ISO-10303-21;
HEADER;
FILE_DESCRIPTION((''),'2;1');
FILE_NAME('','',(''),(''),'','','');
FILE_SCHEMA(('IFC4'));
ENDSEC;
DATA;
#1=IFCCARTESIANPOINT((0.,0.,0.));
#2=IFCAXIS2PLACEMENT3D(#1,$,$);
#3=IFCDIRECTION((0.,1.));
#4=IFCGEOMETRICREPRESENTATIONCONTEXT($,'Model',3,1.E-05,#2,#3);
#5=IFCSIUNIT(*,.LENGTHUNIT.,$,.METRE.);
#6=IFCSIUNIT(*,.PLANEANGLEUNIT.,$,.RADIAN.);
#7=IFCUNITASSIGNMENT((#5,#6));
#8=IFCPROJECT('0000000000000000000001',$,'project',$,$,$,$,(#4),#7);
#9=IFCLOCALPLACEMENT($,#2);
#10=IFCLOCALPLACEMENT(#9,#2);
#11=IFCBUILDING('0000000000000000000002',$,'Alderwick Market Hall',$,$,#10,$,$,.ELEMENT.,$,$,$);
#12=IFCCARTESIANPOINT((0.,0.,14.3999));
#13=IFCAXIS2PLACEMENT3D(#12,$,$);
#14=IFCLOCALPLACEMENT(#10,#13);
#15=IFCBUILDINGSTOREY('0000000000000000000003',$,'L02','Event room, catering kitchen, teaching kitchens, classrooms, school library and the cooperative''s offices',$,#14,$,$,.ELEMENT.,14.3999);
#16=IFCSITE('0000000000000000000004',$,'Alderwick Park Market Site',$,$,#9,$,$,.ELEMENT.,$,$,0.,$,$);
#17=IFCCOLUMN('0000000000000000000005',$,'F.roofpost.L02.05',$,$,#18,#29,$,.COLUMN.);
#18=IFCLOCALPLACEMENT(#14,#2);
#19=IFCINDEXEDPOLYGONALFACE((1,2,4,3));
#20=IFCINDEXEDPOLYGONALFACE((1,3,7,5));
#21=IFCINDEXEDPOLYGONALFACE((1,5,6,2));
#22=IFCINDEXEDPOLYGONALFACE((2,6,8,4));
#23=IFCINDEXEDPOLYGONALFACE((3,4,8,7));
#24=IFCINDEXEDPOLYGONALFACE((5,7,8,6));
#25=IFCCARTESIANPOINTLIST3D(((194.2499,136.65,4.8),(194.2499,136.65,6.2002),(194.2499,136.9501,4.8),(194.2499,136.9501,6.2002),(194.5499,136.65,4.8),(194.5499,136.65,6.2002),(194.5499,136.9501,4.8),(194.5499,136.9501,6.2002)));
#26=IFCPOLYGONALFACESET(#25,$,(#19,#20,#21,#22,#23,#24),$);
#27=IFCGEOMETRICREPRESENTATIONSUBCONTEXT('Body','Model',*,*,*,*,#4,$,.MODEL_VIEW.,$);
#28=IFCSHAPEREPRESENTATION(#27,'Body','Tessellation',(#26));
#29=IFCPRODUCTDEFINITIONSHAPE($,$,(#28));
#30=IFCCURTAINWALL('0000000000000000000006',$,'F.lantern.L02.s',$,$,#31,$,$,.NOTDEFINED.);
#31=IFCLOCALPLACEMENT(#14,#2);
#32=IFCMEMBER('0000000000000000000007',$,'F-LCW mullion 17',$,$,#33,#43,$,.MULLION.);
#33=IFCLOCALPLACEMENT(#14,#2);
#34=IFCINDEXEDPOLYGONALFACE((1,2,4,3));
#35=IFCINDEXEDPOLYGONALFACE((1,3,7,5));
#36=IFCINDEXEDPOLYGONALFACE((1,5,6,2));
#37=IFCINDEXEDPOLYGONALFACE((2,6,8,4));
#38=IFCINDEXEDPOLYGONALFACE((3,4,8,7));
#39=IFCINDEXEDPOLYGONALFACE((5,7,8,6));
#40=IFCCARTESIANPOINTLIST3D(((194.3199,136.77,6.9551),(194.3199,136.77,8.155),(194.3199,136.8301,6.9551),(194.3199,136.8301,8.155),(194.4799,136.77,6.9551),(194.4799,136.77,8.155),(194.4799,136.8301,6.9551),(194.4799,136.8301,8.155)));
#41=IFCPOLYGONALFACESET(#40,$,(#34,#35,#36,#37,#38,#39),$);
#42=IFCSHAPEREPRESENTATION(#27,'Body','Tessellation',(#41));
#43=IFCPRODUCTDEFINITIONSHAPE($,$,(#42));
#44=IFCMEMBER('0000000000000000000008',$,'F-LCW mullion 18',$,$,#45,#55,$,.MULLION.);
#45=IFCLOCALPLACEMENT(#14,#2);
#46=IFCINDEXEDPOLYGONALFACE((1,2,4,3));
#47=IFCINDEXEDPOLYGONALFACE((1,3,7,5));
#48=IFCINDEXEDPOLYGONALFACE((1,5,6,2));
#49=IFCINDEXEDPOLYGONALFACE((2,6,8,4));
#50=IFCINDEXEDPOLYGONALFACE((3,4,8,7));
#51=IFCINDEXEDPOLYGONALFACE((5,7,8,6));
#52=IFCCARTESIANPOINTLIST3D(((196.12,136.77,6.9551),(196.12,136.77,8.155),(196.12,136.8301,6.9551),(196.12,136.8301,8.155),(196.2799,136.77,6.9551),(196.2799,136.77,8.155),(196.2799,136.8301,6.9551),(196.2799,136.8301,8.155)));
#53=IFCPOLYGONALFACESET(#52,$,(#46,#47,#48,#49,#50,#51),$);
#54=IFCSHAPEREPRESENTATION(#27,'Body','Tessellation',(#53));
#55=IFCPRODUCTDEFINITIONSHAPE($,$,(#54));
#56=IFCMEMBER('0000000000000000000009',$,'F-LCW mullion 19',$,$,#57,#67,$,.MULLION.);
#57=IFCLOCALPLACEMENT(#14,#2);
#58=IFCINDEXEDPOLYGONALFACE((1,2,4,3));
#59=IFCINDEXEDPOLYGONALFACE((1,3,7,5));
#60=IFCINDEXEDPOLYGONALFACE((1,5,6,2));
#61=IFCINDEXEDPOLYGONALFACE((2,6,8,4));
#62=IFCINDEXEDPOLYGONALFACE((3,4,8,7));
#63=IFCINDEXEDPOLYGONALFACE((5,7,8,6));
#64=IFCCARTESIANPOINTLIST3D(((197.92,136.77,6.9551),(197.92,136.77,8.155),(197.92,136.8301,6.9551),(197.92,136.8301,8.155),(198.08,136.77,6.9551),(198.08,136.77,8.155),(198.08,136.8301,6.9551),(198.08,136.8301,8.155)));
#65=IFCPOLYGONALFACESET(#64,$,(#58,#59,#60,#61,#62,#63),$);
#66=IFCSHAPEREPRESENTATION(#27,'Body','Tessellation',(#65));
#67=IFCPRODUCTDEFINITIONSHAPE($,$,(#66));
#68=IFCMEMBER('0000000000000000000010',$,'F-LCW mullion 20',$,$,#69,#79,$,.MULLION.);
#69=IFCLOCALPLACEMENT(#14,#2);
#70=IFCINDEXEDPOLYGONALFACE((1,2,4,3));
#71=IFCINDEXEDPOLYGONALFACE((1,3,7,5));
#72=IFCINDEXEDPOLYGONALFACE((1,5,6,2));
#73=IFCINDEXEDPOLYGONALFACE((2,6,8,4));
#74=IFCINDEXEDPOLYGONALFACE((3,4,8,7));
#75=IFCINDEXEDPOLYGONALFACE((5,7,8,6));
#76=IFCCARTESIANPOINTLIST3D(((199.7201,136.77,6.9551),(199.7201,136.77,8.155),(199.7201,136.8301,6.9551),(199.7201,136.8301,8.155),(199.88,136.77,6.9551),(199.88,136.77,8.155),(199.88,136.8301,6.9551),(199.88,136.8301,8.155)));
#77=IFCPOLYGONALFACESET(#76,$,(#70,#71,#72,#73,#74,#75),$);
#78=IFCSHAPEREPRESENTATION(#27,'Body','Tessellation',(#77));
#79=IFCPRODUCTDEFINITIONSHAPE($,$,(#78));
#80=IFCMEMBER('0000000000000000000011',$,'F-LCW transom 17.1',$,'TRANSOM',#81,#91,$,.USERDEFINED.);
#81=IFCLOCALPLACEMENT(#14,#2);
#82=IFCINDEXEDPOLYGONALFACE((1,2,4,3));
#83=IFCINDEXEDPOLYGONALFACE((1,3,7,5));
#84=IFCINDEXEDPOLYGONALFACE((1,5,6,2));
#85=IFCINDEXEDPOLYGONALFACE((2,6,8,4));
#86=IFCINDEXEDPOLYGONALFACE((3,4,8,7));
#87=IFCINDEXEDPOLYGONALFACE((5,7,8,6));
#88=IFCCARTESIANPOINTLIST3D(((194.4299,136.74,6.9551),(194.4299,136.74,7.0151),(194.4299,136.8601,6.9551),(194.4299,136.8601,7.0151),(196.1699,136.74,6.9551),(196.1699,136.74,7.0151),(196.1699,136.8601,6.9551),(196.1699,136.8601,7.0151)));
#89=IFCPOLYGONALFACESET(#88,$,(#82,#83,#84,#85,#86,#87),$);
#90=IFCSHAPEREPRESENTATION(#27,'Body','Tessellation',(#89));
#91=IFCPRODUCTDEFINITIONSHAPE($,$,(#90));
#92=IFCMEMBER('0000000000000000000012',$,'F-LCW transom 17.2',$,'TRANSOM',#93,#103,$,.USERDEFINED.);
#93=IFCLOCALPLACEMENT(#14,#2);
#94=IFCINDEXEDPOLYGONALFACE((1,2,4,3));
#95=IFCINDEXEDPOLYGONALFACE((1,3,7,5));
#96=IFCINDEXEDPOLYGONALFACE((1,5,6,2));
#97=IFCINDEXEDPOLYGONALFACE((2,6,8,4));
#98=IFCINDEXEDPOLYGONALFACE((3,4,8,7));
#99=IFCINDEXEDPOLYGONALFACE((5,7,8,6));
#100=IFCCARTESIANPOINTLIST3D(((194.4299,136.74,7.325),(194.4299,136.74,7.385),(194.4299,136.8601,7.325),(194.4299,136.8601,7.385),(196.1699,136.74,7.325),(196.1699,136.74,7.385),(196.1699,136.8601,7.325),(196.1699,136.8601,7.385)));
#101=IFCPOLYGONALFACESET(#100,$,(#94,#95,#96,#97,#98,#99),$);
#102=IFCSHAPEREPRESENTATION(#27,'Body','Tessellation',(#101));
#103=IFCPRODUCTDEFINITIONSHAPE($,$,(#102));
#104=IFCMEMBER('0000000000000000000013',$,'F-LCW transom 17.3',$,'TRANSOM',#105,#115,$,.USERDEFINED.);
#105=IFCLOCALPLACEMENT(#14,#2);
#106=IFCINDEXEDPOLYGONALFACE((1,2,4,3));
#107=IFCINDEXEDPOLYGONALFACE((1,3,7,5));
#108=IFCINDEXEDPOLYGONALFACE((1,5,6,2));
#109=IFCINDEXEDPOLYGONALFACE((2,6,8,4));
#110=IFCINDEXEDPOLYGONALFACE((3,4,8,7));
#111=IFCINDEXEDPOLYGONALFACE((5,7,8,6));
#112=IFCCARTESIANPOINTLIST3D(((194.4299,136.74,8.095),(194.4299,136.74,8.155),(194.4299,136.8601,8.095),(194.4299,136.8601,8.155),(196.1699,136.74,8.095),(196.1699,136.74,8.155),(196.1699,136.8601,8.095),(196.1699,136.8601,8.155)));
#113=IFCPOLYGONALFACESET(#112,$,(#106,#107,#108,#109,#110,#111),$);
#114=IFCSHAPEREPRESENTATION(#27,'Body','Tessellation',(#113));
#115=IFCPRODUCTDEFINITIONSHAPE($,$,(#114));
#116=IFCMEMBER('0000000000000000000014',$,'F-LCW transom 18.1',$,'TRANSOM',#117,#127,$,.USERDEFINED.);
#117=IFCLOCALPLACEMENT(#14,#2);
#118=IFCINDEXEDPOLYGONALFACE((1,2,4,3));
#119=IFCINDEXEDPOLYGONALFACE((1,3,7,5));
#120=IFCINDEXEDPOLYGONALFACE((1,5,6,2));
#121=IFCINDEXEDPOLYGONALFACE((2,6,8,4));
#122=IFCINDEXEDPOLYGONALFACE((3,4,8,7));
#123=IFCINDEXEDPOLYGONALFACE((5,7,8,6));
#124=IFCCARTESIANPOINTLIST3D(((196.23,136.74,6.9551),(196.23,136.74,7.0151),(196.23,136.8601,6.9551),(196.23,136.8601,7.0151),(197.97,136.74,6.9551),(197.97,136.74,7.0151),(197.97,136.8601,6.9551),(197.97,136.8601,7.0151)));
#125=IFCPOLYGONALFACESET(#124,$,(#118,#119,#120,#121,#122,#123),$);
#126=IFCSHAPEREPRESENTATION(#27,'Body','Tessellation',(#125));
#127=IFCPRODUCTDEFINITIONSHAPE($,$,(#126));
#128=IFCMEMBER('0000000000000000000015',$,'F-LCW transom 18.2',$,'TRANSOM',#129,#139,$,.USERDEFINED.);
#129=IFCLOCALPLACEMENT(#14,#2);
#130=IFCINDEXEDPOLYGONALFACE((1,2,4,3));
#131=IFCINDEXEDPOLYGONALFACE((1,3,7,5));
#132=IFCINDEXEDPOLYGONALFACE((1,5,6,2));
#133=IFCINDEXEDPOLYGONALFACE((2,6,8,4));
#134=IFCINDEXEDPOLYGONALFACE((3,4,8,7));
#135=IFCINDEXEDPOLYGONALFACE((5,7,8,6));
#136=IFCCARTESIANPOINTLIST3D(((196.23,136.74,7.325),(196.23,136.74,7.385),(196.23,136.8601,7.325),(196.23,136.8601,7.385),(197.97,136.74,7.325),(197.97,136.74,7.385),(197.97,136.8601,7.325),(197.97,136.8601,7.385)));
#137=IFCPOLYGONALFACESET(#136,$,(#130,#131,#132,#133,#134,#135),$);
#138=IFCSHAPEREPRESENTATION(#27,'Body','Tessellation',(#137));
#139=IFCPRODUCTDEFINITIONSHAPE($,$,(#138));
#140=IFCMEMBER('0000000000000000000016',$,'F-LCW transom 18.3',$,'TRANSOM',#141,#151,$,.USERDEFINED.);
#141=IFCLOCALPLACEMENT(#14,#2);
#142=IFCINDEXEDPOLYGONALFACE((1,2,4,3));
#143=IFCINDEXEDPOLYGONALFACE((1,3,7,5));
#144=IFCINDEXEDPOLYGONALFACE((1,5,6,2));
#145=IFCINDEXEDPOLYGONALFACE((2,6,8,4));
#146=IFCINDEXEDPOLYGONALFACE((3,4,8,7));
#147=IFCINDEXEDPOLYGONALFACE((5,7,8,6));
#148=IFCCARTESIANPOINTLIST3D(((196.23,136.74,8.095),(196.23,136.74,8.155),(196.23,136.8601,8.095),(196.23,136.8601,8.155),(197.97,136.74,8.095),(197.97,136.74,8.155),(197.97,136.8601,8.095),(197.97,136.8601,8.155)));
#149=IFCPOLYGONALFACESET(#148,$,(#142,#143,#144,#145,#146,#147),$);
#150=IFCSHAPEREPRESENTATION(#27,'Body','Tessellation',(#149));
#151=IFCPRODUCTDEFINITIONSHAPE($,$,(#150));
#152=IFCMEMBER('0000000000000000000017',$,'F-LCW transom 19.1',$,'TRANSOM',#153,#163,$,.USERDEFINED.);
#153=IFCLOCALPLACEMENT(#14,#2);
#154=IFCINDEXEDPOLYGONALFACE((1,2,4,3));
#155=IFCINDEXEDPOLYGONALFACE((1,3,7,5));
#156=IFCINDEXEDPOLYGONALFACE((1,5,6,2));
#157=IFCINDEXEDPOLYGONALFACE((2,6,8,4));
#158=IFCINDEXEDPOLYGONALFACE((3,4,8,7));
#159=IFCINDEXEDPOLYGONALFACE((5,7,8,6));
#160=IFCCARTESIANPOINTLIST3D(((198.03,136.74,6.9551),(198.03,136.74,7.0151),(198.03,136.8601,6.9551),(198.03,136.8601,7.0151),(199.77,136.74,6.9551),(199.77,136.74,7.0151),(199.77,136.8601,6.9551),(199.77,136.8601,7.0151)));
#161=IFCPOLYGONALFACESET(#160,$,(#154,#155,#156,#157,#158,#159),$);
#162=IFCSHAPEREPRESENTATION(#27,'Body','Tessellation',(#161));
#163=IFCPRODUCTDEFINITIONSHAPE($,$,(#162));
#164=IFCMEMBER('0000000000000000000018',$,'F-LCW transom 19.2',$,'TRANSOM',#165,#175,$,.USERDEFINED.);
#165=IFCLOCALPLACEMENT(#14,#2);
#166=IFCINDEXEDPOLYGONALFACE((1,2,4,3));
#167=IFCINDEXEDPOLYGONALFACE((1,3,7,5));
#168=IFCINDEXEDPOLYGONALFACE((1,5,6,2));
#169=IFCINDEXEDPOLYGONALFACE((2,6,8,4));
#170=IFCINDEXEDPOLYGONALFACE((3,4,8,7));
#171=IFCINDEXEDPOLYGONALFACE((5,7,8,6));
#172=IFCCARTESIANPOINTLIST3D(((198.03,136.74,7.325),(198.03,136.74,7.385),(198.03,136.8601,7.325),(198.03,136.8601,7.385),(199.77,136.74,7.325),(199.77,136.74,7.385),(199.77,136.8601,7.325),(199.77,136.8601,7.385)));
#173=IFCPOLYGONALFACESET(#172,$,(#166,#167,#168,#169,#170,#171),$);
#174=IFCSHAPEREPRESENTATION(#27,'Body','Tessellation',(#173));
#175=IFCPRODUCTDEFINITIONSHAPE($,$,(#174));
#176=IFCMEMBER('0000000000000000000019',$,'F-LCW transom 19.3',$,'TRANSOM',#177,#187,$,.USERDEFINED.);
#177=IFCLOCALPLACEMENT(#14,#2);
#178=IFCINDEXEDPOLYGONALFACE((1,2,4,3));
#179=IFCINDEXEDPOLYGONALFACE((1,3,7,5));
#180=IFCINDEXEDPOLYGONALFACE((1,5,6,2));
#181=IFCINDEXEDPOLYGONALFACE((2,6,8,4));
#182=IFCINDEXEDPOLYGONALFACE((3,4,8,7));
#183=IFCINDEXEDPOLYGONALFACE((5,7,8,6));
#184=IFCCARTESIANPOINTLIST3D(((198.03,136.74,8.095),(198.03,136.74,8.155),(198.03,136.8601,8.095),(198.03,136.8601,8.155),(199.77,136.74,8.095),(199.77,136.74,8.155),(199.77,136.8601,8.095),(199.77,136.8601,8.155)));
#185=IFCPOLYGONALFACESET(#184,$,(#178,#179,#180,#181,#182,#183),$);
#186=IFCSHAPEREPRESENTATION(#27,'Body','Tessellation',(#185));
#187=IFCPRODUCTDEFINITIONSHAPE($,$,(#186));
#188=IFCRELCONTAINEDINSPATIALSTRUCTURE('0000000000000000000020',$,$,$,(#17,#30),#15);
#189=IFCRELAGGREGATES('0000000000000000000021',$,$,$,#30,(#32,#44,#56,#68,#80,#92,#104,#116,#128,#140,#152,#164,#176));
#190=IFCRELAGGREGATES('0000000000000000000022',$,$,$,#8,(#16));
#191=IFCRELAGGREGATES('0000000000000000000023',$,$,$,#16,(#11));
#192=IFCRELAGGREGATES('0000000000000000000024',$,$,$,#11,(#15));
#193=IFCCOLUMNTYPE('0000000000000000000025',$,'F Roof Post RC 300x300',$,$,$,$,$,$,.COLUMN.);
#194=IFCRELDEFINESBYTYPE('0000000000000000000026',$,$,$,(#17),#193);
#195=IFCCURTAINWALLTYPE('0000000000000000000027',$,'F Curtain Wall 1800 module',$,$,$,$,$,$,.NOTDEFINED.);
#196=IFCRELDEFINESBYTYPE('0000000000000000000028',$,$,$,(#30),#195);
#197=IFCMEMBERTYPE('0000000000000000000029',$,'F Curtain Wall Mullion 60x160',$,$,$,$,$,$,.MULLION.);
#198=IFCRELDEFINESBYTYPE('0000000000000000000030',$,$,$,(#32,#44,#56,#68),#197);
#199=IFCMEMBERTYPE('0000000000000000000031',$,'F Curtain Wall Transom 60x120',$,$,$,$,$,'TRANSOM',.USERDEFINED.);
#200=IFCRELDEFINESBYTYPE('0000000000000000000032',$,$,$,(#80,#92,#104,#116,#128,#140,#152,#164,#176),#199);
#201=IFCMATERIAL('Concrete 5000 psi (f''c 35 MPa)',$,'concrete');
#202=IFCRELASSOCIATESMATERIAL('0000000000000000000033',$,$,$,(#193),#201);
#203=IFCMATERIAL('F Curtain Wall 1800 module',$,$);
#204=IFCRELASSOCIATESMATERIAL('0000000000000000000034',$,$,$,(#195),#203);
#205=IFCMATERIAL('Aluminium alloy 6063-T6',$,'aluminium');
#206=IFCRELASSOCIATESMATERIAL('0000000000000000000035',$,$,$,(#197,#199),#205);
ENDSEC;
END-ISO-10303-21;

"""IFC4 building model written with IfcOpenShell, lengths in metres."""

from ifc_helpers import new_model, si_unit, direction, frame, origin, origin_2d, place, context, subcontext, project, spatial, rectangle, extrude, material, material_profile, profile_set, type_object, element, aggregate, save


model = new_model("IFC4")

# Units and contexts
model_context = context("Model", 3, precision=1e-05, world=origin(), true_north=direction((0.0, 1.0)))
body_context = subcontext(model_context, "Body", "Model", "MODEL_VIEW")
ifc_project = project(units=[si_unit("LENGTHUNIT", "METRE"), si_unit("PLANEANGLEUNIT", "RADIAN")], contexts=[model_context])

# Site, building, storey
site_placement = place(None, origin())
site = spatial("IfcSite", under=ifc_project, at=site_placement, Name="Alderwick Park Market Site", CompositionType="ELEMENT", RefElevation=0.0)
building_placement = place(site_placement, origin())
building = spatial("IfcBuilding", under=site, at=building_placement, Name="Alderwick Market Hall", CompositionType="ELEMENT")
storey_placement = place(building_placement, frame((0.0, 0.0, 14.3999)))
storey = spatial("IfcBuildingStorey", under=building, at=storey_placement, Name="L02", Description="Event room, catering kitchen, teaching kitchens, classrooms, school library and the cooperative's offices", CompositionType="ELEMENT", Elevation=14.3999)

# Column
ifc_material_1 = material(Name="Concrete 5000 psi (f'c 35 MPa)", Category="concrete")
ifc_material_profile_1 = material_profile(ifc_material_1, rectangle(XDim=0.3, YDim=0.3, at=origin_2d()), Name="RC 300x300")
ifc_profile_set_1 = profile_set([ifc_material_profile_1], Name="Concrete 5000 psi (f'c 35 MPa)")
column_type = type_object("IfcColumnType", Name="F Roof Post RC 300x300", PredefinedType="COLUMN", material=ifc_profile_set_1)
column_placement = place(storey_placement, frame((194.3999, 136.8, 4.8), z_axis=(0.0, 0.0, 1.0), x_axis=(1.0, 0.0, 0.0)))
element("IfcColumn", 1, at=column_placement, inside=storey, type_object=column_type, Name="F.roofpost.L02.05", PredefinedType="COLUMN", context=body_context, shape_type="SweptSolid", body=[
    extrude(rectangle(XDim=0.3, YDim=0.3, at=origin_2d()), origin(), (0.0, 0.0, 1.0), 1.4001),
])

# Curtain wall, members
ifc_material_2 = material(Name="F Curtain Wall 1800 module")
curtain_wall_type = type_object("IfcCurtainWallType", Name="F Curtain Wall 1800 module", PredefinedType="NOTDEFINED", material=ifc_material_2)
curtain_wall_placement = place(storey_placement, origin())
curtain_wall = element("IfcCurtainWall", 2, at=curtain_wall_placement, inside=storey, type_object=curtain_wall_type, Name="F.lantern.L02.s", PredefinedType="NOTDEFINED")
ifc_material_3 = material(Name="Aluminium alloy 6063-T6", Category="aluminium")
ifc_material_profile_2 = material_profile(ifc_material_3, rectangle(XDim=0.0601, YDim=0.1599, at=origin_2d()), Name="AL 60x160")
ifc_profile_set_2 = profile_set([ifc_material_profile_2], Name="Aluminium alloy 6063-T6")
member_type_1 = type_object("IfcMemberType", Name="F Curtain Wall Mullion 60x160", PredefinedType="MULLION", material=ifc_profile_set_2)
member_1_placement = place(storey_placement, frame((194.3999, 136.8, 6.9551), z_axis=(0.0, 0.0, 1.0), x_axis=(0.0, 1.0, 0.0)))
member_1 = element("IfcMember", 3, at=member_1_placement, type_object=member_type_1, Name="F-LCW mullion 17", PredefinedType="MULLION", context=body_context, shape_type="SweptSolid", body=[
    extrude(rectangle(XDim=0.0601, YDim=0.1599, at=origin_2d()), origin(), (0.0, 0.0, 1.0), 1.2),
])
member_2_placement = place(storey_placement, frame((196.2, 136.8, 6.9551), z_axis=(0.0, 0.0, 1.0), x_axis=(0.0, 1.0, 0.0)))
member_2 = element("IfcMember", 4, at=member_2_placement, type_object=member_type_1, Name="F-LCW mullion 18", PredefinedType="MULLION", context=body_context, shape_type="SweptSolid", body=[
    extrude(rectangle(XDim=0.0601, YDim=0.1599, at=origin_2d()), origin(), (0.0, 0.0, 1.0), 1.2),
])
member_3_placement = place(storey_placement, frame((198.0, 136.8, 6.9551), z_axis=(0.0, 0.0, 1.0), x_axis=(0.0, 1.0, 0.0)))
member_3 = element("IfcMember", 5, at=member_3_placement, type_object=member_type_1, Name="F-LCW mullion 19", PredefinedType="MULLION", context=body_context, shape_type="SweptSolid", body=[
    extrude(rectangle(XDim=0.0601, YDim=0.1599, at=origin_2d()), origin(), (0.0, 0.0, 1.0), 1.2),
])
member_4_placement = place(storey_placement, frame((199.8, 136.8, 6.9551), z_axis=(0.0, 0.0, 1.0), x_axis=(0.0, 1.0, 0.0)))
member_4 = element("IfcMember", 6, at=member_4_placement, type_object=member_type_1, Name="F-LCW mullion 20", PredefinedType="MULLION", context=body_context, shape_type="SweptSolid", body=[
    extrude(rectangle(XDim=0.0601, YDim=0.1599, at=origin_2d()), origin(), (0.0, 0.0, 1.0), 1.2),
])
ifc_material_profile_3 = material_profile(ifc_material_3, rectangle(XDim=0.1201, YDim=0.0601, at=origin_2d()), Name="AL 60x120")
ifc_profile_set_3 = profile_set([ifc_material_profile_3], Name="Aluminium alloy 6063-T6")
member_type_2 = type_object("IfcMemberType", Name="F Curtain Wall Transom 60x120", ElementType="TRANSOM", PredefinedType="USERDEFINED", material=ifc_profile_set_3)
member_5_placement = place(storey_placement, frame((194.4299, 136.8, 6.9851), z_axis=(1.0, 0.0, 0.0), x_axis=(0.0, 1.0, 0.0)))
member_5 = element("IfcMember", 7, at=member_5_placement, type_object=member_type_2, Name="F-LCW transom 17.1", ObjectType="TRANSOM", PredefinedType="USERDEFINED", context=body_context, shape_type="SweptSolid", body=[
    extrude(rectangle(XDim=0.1201, YDim=0.0601, at=origin_2d()), origin(), (0.0, 0.0, 1.0), 1.74),
])
member_6_placement = place(storey_placement, frame((194.4299, 136.8, 7.355), z_axis=(1.0, 0.0, 0.0), x_axis=(0.0, 1.0, 0.0)))
member_6 = element("IfcMember", 8, at=member_6_placement, type_object=member_type_2, Name="F-LCW transom 17.2", ObjectType="TRANSOM", PredefinedType="USERDEFINED", context=body_context, shape_type="SweptSolid", body=[
    extrude(rectangle(XDim=0.1201, YDim=0.0601, at=origin_2d()), origin(), (0.0, 0.0, 1.0), 1.74),
])
member_7_placement = place(storey_placement, frame((194.4299, 136.8, 8.125), z_axis=(1.0, 0.0, 0.0), x_axis=(0.0, 1.0, 0.0)))
member_7 = element("IfcMember", 9, at=member_7_placement, type_object=member_type_2, Name="F-LCW transom 17.3", ObjectType="TRANSOM", PredefinedType="USERDEFINED", context=body_context, shape_type="SweptSolid", body=[
    extrude(rectangle(XDim=0.1201, YDim=0.0601, at=origin_2d()), origin(), (0.0, 0.0, 1.0), 1.74),
])
member_8_placement = place(storey_placement, frame((196.23, 136.8, 6.9851), z_axis=(1.0, 0.0, 0.0), x_axis=(0.0, 1.0, 0.0)))
member_8 = element("IfcMember", 10, at=member_8_placement, type_object=member_type_2, Name="F-LCW transom 18.1", ObjectType="TRANSOM", PredefinedType="USERDEFINED", context=body_context, shape_type="SweptSolid", body=[
    extrude(rectangle(XDim=0.1201, YDim=0.0601, at=origin_2d()), origin(), (0.0, 0.0, 1.0), 1.74),
])
member_9_placement = place(storey_placement, frame((196.23, 136.8, 7.355), z_axis=(1.0, 0.0, 0.0), x_axis=(0.0, 1.0, 0.0)))
member_9 = element("IfcMember", 11, at=member_9_placement, type_object=member_type_2, Name="F-LCW transom 18.2", ObjectType="TRANSOM", PredefinedType="USERDEFINED", context=body_context, shape_type="SweptSolid", body=[
    extrude(rectangle(XDim=0.1201, YDim=0.0601, at=origin_2d()), origin(), (0.0, 0.0, 1.0), 1.74),
])
member_10_placement = place(storey_placement, frame((196.23, 136.8, 8.125), z_axis=(1.0, 0.0, 0.0), x_axis=(0.0, 1.0, 0.0)))
member_10 = element("IfcMember", 12, at=member_10_placement, type_object=member_type_2, Name="F-LCW transom 18.3", ObjectType="TRANSOM", PredefinedType="USERDEFINED", context=body_context, shape_type="SweptSolid", body=[
    extrude(rectangle(XDim=0.1201, YDim=0.0601, at=origin_2d()), origin(), (0.0, 0.0, 1.0), 1.74),
])
member_11_placement = place(storey_placement, frame((198.03, 136.8, 6.9851), z_axis=(1.0, 0.0, 0.0), x_axis=(0.0, 1.0, 0.0)))
member_11 = element("IfcMember", 13, at=member_11_placement, type_object=member_type_2, Name="F-LCW transom 19.1", ObjectType="TRANSOM", PredefinedType="USERDEFINED", context=body_context, shape_type="SweptSolid", body=[
    extrude(rectangle(XDim=0.1201, YDim=0.0601, at=origin_2d()), origin(), (0.0, 0.0, 1.0), 1.74),
])
member_12_placement = place(storey_placement, frame((198.03, 136.8, 7.355), z_axis=(1.0, 0.0, 0.0), x_axis=(0.0, 1.0, 0.0)))
member_12 = element("IfcMember", 14, at=member_12_placement, type_object=member_type_2, Name="F-LCW transom 19.2", ObjectType="TRANSOM", PredefinedType="USERDEFINED", context=body_context, shape_type="SweptSolid", body=[
    extrude(rectangle(XDim=0.1201, YDim=0.0601, at=origin_2d()), origin(), (0.0, 0.0, 1.0), 1.74),
])
member_13_placement = place(storey_placement, frame((198.03, 136.8, 8.125), z_axis=(1.0, 0.0, 0.0), x_axis=(0.0, 1.0, 0.0)))
member_13 = element("IfcMember", 15, at=member_13_placement, type_object=member_type_2, Name="F-LCW transom 19.3", ObjectType="TRANSOM", PredefinedType="USERDEFINED", context=body_context, shape_type="SweptSolid", body=[
    extrude(rectangle(XDim=0.1201, YDim=0.0601, at=origin_2d()), origin(), (0.0, 0.0, 1.0), 1.74),
])

aggregate(curtain_wall, [member_1, member_2, member_3, member_4, member_5, member_6, member_7, member_8, member_9, member_10, member_11, member_12, member_13])

save(model, "model.ifc")
